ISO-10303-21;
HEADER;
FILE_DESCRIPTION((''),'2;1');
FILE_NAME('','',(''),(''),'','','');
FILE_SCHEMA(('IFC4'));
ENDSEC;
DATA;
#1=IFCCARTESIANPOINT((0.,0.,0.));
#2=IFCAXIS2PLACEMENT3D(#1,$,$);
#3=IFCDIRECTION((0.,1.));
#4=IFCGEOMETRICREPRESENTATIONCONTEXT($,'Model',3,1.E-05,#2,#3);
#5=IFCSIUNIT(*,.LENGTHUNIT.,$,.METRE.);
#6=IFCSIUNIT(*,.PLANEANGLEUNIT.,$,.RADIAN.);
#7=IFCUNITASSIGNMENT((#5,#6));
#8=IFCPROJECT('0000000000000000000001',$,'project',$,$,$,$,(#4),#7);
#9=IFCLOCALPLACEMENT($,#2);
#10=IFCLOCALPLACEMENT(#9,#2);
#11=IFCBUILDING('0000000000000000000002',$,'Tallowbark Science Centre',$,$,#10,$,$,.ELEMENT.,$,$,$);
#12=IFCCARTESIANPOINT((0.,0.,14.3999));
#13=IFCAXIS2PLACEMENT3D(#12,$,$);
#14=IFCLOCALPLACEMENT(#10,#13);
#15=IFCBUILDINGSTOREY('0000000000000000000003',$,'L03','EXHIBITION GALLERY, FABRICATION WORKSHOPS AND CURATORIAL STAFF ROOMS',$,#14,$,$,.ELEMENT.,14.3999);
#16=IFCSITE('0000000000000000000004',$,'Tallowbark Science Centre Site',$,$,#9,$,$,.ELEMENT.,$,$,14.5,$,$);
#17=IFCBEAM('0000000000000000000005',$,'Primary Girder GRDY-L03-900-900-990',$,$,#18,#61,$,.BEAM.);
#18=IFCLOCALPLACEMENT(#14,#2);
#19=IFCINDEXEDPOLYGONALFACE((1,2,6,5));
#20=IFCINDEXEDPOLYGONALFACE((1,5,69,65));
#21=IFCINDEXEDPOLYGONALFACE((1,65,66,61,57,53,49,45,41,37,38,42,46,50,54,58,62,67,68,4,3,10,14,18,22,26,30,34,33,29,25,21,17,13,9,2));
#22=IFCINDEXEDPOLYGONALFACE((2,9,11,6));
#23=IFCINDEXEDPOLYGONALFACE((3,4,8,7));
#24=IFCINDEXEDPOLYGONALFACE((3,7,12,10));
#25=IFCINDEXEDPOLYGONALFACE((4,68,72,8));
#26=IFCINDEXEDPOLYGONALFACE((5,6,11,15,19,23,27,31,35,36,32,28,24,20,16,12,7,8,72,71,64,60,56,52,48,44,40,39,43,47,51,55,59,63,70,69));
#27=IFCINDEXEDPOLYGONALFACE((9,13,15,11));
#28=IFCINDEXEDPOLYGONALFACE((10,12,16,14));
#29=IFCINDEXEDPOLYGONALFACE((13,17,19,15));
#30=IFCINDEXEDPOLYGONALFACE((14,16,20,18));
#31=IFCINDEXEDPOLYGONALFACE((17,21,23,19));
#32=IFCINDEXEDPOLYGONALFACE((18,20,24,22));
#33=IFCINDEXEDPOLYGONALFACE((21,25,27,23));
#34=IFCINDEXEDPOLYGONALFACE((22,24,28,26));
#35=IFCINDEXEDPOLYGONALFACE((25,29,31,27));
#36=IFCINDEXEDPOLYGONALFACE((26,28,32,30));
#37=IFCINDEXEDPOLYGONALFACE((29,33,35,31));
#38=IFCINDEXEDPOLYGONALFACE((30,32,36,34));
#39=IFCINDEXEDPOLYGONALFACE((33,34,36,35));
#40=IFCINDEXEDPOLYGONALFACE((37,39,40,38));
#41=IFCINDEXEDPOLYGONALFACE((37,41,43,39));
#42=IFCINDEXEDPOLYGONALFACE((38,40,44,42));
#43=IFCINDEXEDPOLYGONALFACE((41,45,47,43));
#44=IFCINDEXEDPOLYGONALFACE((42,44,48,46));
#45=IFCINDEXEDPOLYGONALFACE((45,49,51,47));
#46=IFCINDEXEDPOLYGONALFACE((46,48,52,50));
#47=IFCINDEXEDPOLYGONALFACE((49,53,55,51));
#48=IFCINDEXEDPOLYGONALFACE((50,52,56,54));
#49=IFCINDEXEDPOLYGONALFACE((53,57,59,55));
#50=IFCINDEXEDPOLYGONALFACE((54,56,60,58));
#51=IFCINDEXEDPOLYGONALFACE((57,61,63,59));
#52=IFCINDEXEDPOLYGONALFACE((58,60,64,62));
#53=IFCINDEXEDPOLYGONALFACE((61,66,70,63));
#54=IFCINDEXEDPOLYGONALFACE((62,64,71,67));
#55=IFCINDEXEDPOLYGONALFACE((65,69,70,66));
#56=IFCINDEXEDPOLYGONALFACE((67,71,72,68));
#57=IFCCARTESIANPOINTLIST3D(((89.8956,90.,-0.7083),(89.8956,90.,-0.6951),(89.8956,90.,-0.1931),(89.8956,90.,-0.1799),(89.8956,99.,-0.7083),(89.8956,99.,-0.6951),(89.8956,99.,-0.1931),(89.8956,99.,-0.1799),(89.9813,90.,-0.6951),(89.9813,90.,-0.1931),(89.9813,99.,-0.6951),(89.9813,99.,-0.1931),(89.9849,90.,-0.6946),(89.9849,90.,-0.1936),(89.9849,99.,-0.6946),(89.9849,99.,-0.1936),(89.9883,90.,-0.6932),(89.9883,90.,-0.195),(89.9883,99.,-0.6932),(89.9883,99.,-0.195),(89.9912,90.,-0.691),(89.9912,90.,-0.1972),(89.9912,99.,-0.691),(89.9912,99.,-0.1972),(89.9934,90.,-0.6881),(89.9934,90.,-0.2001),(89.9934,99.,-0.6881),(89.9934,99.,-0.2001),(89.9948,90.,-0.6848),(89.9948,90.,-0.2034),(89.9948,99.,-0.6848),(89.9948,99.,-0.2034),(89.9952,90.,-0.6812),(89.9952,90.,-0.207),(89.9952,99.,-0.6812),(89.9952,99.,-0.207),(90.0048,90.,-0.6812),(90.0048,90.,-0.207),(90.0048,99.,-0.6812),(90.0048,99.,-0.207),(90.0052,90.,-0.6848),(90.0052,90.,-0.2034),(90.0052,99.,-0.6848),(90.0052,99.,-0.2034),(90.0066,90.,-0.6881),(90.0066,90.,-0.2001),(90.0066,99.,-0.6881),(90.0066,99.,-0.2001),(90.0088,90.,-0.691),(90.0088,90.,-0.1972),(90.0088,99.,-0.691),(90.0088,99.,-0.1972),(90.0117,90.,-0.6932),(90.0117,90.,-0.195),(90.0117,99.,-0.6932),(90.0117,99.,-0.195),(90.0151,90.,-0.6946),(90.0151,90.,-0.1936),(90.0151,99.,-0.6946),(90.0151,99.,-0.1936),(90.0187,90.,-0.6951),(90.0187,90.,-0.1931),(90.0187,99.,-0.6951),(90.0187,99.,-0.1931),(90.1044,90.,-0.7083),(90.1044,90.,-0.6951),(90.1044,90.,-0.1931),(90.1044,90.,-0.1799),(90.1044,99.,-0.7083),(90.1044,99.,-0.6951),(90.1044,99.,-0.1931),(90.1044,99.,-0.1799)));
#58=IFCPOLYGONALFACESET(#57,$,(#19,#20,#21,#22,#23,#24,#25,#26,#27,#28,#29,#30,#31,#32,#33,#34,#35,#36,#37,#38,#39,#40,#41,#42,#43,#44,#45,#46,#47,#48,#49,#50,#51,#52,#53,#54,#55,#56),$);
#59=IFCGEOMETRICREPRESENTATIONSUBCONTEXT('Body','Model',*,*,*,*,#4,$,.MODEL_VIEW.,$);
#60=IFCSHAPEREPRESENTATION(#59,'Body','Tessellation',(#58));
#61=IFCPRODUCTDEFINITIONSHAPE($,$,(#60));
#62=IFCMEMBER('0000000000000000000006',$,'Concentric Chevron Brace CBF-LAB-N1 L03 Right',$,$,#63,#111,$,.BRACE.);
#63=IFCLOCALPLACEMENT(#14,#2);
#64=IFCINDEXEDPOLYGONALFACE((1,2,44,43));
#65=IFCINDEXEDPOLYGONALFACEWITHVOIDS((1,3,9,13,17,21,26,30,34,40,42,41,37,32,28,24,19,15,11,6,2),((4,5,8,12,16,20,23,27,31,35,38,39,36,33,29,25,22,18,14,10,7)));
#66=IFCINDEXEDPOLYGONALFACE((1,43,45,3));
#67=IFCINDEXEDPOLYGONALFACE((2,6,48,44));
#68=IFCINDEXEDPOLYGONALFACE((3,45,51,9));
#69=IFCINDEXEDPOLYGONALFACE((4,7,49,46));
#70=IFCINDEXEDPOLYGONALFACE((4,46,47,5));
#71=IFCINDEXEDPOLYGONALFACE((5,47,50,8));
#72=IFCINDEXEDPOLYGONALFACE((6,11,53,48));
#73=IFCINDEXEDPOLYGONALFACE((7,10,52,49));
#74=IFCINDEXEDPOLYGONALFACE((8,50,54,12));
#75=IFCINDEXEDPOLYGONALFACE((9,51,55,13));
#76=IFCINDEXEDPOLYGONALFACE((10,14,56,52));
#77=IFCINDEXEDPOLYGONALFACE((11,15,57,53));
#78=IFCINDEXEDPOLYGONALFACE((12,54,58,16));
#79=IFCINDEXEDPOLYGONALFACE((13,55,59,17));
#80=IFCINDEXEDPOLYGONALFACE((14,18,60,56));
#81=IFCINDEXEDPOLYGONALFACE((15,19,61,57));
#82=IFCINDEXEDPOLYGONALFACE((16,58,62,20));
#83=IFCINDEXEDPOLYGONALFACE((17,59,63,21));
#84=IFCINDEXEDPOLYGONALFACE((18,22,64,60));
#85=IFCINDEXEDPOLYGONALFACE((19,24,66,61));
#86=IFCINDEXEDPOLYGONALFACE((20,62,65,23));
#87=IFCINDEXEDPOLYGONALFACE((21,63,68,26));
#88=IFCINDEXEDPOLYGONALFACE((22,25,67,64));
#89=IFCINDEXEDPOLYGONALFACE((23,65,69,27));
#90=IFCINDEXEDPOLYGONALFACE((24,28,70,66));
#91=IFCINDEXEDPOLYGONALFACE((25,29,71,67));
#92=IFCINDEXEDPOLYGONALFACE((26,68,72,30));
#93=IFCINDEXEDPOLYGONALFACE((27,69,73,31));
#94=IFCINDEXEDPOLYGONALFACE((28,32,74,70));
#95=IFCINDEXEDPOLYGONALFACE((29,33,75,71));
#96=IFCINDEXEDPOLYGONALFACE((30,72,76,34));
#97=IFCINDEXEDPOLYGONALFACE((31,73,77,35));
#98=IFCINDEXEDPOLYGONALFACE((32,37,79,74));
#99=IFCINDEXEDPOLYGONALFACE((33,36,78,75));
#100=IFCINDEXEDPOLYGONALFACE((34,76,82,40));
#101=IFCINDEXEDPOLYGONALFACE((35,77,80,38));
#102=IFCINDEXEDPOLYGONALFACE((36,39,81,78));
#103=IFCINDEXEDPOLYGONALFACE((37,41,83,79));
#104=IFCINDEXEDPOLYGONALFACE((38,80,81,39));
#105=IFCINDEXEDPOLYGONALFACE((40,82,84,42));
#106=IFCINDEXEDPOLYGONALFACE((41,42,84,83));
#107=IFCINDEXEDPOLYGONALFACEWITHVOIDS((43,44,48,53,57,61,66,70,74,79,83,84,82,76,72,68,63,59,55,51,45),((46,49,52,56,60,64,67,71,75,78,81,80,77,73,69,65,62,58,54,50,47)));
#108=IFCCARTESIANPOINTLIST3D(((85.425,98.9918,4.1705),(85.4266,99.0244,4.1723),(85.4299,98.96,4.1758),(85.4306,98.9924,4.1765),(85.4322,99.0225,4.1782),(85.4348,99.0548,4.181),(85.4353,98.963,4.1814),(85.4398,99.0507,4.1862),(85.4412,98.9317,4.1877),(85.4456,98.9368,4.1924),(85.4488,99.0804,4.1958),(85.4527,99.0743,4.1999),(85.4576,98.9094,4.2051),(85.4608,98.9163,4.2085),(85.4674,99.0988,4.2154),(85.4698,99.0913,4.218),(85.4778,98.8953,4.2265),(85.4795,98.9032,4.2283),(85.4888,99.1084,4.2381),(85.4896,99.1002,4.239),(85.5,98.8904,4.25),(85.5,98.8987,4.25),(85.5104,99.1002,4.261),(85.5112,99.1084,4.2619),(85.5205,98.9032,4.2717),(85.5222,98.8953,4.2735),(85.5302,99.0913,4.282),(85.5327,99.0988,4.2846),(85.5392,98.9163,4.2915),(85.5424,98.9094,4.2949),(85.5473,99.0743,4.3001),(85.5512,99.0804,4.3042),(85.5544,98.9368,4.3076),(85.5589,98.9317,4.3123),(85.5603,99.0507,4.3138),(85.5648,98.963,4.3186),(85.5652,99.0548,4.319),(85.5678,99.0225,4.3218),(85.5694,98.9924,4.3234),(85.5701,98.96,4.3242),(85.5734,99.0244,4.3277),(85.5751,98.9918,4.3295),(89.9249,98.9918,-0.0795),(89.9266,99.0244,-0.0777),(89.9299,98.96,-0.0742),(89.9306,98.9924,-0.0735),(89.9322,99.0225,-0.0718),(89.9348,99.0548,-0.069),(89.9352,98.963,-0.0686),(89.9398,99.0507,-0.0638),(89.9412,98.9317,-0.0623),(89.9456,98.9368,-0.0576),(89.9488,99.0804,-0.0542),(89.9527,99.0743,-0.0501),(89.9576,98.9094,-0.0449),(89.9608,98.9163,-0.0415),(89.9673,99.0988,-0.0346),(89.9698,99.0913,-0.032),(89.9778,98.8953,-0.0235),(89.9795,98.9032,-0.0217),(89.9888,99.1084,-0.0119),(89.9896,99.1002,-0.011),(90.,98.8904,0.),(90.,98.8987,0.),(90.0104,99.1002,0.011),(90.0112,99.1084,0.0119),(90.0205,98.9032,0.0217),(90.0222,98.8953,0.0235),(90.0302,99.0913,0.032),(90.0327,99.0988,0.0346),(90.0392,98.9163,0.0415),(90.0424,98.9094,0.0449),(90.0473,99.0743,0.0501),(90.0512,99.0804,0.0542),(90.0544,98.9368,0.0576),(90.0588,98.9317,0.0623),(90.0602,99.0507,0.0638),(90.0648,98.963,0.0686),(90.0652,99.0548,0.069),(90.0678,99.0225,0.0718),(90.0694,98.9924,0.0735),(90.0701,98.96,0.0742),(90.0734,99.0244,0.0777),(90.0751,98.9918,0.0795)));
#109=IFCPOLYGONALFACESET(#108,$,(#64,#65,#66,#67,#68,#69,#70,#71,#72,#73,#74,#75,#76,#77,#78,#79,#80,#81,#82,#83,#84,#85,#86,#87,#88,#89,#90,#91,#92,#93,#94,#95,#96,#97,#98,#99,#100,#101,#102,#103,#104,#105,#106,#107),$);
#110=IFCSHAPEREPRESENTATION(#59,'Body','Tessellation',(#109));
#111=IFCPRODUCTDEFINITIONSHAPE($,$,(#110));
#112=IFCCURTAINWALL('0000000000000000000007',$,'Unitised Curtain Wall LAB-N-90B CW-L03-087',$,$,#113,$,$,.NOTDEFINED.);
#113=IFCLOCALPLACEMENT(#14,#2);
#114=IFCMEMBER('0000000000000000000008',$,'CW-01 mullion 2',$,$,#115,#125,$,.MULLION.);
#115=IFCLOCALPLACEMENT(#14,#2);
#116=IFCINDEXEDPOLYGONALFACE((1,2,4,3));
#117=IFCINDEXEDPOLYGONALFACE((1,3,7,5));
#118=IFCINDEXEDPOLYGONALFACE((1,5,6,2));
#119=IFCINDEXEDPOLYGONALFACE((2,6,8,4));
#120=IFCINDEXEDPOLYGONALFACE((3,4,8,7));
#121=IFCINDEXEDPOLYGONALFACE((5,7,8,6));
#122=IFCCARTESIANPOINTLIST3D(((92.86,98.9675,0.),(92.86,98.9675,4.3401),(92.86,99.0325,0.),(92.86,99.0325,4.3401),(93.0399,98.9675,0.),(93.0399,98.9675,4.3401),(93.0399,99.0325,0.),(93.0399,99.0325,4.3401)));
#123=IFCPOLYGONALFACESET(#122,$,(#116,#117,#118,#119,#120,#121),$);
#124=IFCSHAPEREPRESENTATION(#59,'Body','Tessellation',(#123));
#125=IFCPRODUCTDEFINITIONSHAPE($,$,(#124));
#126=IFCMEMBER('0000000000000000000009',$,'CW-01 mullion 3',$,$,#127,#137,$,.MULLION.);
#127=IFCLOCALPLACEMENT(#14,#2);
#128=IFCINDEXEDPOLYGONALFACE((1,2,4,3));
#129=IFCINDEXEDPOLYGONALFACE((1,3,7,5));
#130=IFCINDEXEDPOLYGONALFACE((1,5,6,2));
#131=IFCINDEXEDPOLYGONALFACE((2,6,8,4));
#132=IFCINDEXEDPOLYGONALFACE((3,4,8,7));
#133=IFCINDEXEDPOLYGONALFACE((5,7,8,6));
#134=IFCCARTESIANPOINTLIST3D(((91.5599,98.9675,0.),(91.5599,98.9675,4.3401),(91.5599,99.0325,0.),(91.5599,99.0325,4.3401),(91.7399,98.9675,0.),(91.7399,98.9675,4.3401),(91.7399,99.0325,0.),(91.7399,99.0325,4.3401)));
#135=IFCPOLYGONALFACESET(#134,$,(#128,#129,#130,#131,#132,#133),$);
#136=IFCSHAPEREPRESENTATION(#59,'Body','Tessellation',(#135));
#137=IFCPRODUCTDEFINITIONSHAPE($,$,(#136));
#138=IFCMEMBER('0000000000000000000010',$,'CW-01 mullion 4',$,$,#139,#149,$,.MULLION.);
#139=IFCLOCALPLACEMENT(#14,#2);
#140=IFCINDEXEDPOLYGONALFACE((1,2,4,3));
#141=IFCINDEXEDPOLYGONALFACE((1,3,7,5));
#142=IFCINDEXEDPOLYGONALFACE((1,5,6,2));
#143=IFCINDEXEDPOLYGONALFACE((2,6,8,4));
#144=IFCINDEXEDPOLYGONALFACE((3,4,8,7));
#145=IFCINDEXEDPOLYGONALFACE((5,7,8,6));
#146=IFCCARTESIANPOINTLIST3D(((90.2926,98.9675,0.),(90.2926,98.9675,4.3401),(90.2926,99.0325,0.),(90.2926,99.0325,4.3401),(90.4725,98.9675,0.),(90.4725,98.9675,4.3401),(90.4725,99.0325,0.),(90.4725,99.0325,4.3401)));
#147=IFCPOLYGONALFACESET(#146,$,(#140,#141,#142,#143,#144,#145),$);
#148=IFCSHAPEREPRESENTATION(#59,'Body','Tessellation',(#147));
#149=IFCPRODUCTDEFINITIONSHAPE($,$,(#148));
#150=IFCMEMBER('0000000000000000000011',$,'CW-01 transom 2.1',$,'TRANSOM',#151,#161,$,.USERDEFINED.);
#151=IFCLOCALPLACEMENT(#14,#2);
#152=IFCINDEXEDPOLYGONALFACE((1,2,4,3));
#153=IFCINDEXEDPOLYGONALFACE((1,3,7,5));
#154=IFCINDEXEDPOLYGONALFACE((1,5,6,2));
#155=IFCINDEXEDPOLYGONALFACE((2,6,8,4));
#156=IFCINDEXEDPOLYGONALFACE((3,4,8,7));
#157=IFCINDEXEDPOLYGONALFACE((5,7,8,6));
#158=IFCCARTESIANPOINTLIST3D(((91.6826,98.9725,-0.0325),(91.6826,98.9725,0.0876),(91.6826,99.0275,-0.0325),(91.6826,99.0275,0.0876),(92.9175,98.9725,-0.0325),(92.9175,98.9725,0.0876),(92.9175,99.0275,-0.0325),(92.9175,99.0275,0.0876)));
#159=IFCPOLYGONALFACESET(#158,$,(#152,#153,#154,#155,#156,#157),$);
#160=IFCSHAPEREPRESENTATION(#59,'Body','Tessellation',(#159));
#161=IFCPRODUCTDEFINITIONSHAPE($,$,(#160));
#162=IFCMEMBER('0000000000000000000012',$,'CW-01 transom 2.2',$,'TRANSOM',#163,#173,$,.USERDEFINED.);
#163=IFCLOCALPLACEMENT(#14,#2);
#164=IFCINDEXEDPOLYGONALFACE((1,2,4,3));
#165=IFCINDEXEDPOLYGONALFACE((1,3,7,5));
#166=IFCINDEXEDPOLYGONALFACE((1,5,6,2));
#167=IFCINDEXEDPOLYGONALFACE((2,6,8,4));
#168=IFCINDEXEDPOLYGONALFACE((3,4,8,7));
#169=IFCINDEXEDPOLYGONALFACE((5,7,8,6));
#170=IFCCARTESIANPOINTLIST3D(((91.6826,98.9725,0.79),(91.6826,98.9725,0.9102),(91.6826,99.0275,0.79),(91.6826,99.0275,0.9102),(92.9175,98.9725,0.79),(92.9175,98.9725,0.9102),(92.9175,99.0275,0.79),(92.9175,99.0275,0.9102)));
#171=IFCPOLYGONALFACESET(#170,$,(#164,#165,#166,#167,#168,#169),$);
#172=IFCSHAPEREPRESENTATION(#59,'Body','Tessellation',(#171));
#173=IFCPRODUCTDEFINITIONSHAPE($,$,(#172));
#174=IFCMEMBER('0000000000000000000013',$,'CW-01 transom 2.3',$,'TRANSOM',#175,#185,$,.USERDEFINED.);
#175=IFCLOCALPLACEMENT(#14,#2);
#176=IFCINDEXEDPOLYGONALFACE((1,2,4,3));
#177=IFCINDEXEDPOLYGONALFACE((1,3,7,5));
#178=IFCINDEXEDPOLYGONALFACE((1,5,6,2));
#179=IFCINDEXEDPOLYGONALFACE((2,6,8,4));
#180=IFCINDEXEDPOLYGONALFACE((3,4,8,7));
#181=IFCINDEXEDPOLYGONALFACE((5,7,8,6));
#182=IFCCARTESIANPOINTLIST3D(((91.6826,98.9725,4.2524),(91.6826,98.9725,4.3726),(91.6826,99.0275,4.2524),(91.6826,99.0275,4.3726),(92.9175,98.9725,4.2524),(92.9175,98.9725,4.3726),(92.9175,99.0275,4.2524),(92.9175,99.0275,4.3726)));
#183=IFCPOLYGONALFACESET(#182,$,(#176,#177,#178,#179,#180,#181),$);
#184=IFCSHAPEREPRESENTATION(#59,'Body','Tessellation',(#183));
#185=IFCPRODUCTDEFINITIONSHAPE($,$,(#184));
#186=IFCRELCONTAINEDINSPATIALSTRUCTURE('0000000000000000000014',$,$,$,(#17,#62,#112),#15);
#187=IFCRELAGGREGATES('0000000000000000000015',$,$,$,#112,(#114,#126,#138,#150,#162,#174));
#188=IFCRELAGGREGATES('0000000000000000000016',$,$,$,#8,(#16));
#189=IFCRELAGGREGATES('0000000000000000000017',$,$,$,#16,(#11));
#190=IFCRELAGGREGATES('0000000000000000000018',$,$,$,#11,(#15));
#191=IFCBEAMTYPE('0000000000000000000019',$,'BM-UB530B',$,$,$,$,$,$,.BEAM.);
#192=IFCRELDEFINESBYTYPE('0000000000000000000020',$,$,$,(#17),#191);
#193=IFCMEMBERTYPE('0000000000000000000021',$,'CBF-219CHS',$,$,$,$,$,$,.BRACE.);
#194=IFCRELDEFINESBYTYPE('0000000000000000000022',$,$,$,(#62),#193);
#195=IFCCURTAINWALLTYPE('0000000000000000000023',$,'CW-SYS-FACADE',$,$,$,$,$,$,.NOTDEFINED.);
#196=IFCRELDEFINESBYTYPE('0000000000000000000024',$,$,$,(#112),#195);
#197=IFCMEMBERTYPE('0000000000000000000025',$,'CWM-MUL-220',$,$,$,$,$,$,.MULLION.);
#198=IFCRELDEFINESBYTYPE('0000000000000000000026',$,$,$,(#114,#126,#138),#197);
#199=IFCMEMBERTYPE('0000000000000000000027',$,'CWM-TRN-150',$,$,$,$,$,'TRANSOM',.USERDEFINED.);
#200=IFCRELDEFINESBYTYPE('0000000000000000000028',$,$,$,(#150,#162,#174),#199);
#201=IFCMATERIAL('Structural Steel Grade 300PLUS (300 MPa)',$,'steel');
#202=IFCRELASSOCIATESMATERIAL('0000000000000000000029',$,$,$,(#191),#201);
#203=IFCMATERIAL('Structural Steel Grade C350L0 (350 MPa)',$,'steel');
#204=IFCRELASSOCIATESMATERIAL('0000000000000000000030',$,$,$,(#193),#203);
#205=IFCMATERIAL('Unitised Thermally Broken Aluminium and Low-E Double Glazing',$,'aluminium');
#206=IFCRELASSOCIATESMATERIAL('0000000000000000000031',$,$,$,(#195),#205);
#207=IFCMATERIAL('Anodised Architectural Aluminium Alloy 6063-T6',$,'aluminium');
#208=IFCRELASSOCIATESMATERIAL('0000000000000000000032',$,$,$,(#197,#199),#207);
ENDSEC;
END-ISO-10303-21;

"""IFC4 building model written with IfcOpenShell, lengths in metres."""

from ifc_helpers import new_model, si_unit, direction, frame, origin, origin_2d, place, context, subcontext, project, spatial, rectangle, hollow_circle, i_section, extrude, material, material_profile, profile_set, type_object, element, aggregate, save


model = new_model("IFC4")

# Units and contexts
model_context = context("Model", 3, precision=1e-05, world=origin(), true_north=direction((0.0, 1.0)))
body_context = subcontext(model_context, "Body", "Model", "MODEL_VIEW")
ifc_project = project(units=[si_unit("LENGTHUNIT", "METRE"), si_unit("PLANEANGLEUNIT", "RADIAN")], contexts=[model_context])

# Site, building, storey
site_placement = place(None, origin())
site = spatial("IfcSite", under=ifc_project, at=site_placement, Name="Tallowbark Science Centre Site", CompositionType="ELEMENT", RefElevation=14.5)
building_placement = place(site_placement, origin())
building = spatial("IfcBuilding", under=site, at=building_placement, Name="Tallowbark Science Centre", CompositionType="ELEMENT")
storey_placement = place(building_placement, frame((0.0, 0.0, 14.3999)))
storey = spatial("IfcBuildingStorey", under=building, at=storey_placement, Name="L03", Description="EXHIBITION GALLERY, FABRICATION WORKSHOPS AND CURATORIAL STAFF ROOMS", CompositionType="ELEMENT", Elevation=14.3999)

# Shared definitions
ifc_material_1 = material(Name="Structural Steel Grade 300PLUS (300 MPa)", Category="steel")

# Beam
ifc_material_profile_1 = material_profile(ifc_material_1, i_section(OverallWidth=0.2087, OverallDepth=0.5283, WebThickness=0.0095, FlangeThickness=0.0132, FilletRadius=0.0139, at=origin_2d()), Name="530UB82.0")
ifc_profile_set_1 = profile_set([ifc_material_profile_1], Name="Structural Steel Grade 300PLUS (300 MPa)")
beam_type_1 = type_object("IfcBeamType", Name="BM-UB530B", PredefinedType="BEAM", material=ifc_profile_set_1)
beam_placement = place(storey_placement, frame((90.0, 90.0, -0.4441), z_axis=(0.0, 1.0, 0.0), x_axis=(-1.0, 0.0, 0.0)))
element("IfcBeam", 1, at=beam_placement, inside=storey, type_object=beam_type_1, Name="Primary Girder GRDY-L03-900-900-990", PredefinedType="BEAM", context=body_context, shape_type="SweptSolid", body=[
    extrude(i_section(OverallWidth=0.2087, OverallDepth=0.5283, WebThickness=0.0095, FlangeThickness=0.0132, FilletRadius=0.0139, at=origin_2d()), origin(), (0.0, 0.0, 1.0), 9.0),
])

# Member
ifc_material_2 = material(Name="Structural Steel Grade C350L0 (350 MPa)", Category="steel")
ifc_material_profile_2 = material_profile(ifc_material_2, hollow_circle(Radius=0.1096, WallThickness=0.0083, at=origin_2d()), Name="219.1x8.2CHS")
ifc_profile_set_2 = profile_set([ifc_material_profile_2], Name="Structural Steel Grade C350L0 (350 MPa)")
member_type_1 = type_object("IfcMemberType", Name="CBF-219CHS", PredefinedType="BRACE", material=ifc_profile_set_2)
member_1_placement = place(storey_placement, frame((90.0, 99.0, 0.0), z_axis=(-0.727013, 0.0, 0.686624), x_axis=(0.0, -1.0, 0.0)))
element("IfcMember", 2, at=member_1_placement, inside=storey, type_object=member_type_1, Name="Concentric Chevron Brace CBF-LAB-N1 L03 Right", PredefinedType="BRACE", context=body_context, shape_type="SweptSolid", body=[
    extrude(hollow_circle(Radius=0.1096, WallThickness=0.0083, at=origin_2d()), origin(), (0.0, 0.0, 1.0), 6.1897),
])

# Curtain wall, members
ifc_material_3 = material(Name="Unitised Thermally Broken Aluminium and Low-E Double Glazing", Category="aluminium")
curtain_wall_type = type_object("IfcCurtainWallType", Name="CW-SYS-FACADE", PredefinedType="NOTDEFINED", material=ifc_material_3)
curtain_wall_placement = place(storey_placement, origin())
curtain_wall = element("IfcCurtainWall", 3, at=curtain_wall_placement, inside=storey, type_object=curtain_wall_type, Name="Unitised Curtain Wall LAB-N-90B CW-L03-087", PredefinedType="NOTDEFINED")
ifc_material_4 = material(Name="Anodised Architectural Aluminium Alloy 6063-T6", Category="aluminium")
ifc_material_profile_3 = material_profile(ifc_material_4, rectangle(XDim=0.0649, YDim=0.1799, at=origin_2d()), Name="ALU65x180")
ifc_profile_set_3 = profile_set([ifc_material_profile_3], Name="Anodised Architectural Aluminium Alloy 6063-T6")
member_type_2 = type_object("IfcMemberType", Name="CWM-MUL-220", PredefinedType="MULLION", material=ifc_profile_set_3)
member_2_placement = place(storey_placement, frame((92.95, 99.0, 0.0), z_axis=(0.0, 0.0, 1.0), x_axis=(0.0, -1.0, 0.0)))
member_2 = element("IfcMember", 4, at=member_2_placement, type_object=member_type_2, Name="CW-01 mullion 2", PredefinedType="MULLION", context=body_context, shape_type="SweptSolid", body=[
    extrude(rectangle(XDim=0.0649, YDim=0.1799, at=origin_2d()), origin(), (0.0, 0.0, 1.0), 4.3401),
])
member_3_placement = place(storey_placement, frame((91.6499, 99.0, 0.0), z_axis=(0.0, 0.0, 1.0), x_axis=(0.0, -1.0, 0.0)))
member_3 = element("IfcMember", 5, at=member_3_placement, type_object=member_type_2, Name="CW-01 mullion 3", PredefinedType="MULLION", context=body_context, shape_type="SweptSolid", body=[
    extrude(rectangle(XDim=0.0649, YDim=0.1799, at=origin_2d()), origin(), (0.0, 0.0, 1.0), 4.3401),
])
member_4_placement = place(storey_placement, frame((90.3826, 99.0, 0.0), z_axis=(0.0, 0.0, 1.0), x_axis=(0.0, -1.0, 0.0)))
member_4 = element("IfcMember", 6, at=member_4_placement, type_object=member_type_2, Name="CW-01 mullion 4", PredefinedType="MULLION", context=body_context, shape_type="SweptSolid", body=[
    extrude(rectangle(XDim=0.0649, YDim=0.1799, at=origin_2d()), origin(), (0.0, 0.0, 1.0), 4.3401),
])
ifc_material_profile_4 = material_profile(ifc_material_4, rectangle(XDim=0.0549, YDim=0.1201, at=origin_2d()), Name="ALU55x120")
ifc_profile_set_4 = profile_set([ifc_material_profile_4], Name="Anodised Architectural Aluminium Alloy 6063-T6")
member_type_3 = type_object("IfcMemberType", Name="CWM-TRN-150", ElementType="TRANSOM", PredefinedType="USERDEFINED", material=ifc_profile_set_4)
member_5_placement = place(storey_placement, frame((92.9175, 99.0, 0.0276), z_axis=(-1.0, 0.0, 0.0), x_axis=(0.0, -1.0, 0.0)))
member_5 = element("IfcMember", 7, at=member_5_placement, type_object=member_type_3, Name="CW-01 transom 2.1", ObjectType="TRANSOM", PredefinedType="USERDEFINED", context=body_context, shape_type="SweptSolid", body=[
    extrude(rectangle(XDim=0.0549, YDim=0.1201, at=origin_2d()), origin(), (0.0, 0.0, 1.0), 1.2349),
])
member_6_placement = place(storey_placement, frame((92.9175, 99.0, 0.8501), z_axis=(-1.0, 0.0, 0.0), x_axis=(0.0, -1.0, 0.0)))
member_6 = element("IfcMember", 8, at=member_6_placement, type_object=member_type_3, Name="CW-01 transom 2.2", ObjectType="TRANSOM", PredefinedType="USERDEFINED", context=body_context, shape_type="SweptSolid", body=[
    extrude(rectangle(XDim=0.0549, YDim=0.1201, at=origin_2d()), origin(), (0.0, 0.0, 1.0), 1.2349),
])
member_7_placement = place(storey_placement, frame((92.9175, 99.0, 4.3125), z_axis=(-1.0, 0.0, 0.0), x_axis=(0.0, -1.0, 0.0)))
member_7 = element("IfcMember", 9, at=member_7_placement, type_object=member_type_3, Name="CW-01 transom 2.3", ObjectType="TRANSOM", PredefinedType="USERDEFINED", context=body_context, shape_type="SweptSolid", body=[
    extrude(rectangle(XDim=0.0549, YDim=0.1201, at=origin_2d()), origin(), (0.0, 0.0, 1.0), 1.2349),
])

aggregate(curtain_wall, [member_2, member_3, member_4, member_5, member_6, member_7])

save(model, "model.ifc")
